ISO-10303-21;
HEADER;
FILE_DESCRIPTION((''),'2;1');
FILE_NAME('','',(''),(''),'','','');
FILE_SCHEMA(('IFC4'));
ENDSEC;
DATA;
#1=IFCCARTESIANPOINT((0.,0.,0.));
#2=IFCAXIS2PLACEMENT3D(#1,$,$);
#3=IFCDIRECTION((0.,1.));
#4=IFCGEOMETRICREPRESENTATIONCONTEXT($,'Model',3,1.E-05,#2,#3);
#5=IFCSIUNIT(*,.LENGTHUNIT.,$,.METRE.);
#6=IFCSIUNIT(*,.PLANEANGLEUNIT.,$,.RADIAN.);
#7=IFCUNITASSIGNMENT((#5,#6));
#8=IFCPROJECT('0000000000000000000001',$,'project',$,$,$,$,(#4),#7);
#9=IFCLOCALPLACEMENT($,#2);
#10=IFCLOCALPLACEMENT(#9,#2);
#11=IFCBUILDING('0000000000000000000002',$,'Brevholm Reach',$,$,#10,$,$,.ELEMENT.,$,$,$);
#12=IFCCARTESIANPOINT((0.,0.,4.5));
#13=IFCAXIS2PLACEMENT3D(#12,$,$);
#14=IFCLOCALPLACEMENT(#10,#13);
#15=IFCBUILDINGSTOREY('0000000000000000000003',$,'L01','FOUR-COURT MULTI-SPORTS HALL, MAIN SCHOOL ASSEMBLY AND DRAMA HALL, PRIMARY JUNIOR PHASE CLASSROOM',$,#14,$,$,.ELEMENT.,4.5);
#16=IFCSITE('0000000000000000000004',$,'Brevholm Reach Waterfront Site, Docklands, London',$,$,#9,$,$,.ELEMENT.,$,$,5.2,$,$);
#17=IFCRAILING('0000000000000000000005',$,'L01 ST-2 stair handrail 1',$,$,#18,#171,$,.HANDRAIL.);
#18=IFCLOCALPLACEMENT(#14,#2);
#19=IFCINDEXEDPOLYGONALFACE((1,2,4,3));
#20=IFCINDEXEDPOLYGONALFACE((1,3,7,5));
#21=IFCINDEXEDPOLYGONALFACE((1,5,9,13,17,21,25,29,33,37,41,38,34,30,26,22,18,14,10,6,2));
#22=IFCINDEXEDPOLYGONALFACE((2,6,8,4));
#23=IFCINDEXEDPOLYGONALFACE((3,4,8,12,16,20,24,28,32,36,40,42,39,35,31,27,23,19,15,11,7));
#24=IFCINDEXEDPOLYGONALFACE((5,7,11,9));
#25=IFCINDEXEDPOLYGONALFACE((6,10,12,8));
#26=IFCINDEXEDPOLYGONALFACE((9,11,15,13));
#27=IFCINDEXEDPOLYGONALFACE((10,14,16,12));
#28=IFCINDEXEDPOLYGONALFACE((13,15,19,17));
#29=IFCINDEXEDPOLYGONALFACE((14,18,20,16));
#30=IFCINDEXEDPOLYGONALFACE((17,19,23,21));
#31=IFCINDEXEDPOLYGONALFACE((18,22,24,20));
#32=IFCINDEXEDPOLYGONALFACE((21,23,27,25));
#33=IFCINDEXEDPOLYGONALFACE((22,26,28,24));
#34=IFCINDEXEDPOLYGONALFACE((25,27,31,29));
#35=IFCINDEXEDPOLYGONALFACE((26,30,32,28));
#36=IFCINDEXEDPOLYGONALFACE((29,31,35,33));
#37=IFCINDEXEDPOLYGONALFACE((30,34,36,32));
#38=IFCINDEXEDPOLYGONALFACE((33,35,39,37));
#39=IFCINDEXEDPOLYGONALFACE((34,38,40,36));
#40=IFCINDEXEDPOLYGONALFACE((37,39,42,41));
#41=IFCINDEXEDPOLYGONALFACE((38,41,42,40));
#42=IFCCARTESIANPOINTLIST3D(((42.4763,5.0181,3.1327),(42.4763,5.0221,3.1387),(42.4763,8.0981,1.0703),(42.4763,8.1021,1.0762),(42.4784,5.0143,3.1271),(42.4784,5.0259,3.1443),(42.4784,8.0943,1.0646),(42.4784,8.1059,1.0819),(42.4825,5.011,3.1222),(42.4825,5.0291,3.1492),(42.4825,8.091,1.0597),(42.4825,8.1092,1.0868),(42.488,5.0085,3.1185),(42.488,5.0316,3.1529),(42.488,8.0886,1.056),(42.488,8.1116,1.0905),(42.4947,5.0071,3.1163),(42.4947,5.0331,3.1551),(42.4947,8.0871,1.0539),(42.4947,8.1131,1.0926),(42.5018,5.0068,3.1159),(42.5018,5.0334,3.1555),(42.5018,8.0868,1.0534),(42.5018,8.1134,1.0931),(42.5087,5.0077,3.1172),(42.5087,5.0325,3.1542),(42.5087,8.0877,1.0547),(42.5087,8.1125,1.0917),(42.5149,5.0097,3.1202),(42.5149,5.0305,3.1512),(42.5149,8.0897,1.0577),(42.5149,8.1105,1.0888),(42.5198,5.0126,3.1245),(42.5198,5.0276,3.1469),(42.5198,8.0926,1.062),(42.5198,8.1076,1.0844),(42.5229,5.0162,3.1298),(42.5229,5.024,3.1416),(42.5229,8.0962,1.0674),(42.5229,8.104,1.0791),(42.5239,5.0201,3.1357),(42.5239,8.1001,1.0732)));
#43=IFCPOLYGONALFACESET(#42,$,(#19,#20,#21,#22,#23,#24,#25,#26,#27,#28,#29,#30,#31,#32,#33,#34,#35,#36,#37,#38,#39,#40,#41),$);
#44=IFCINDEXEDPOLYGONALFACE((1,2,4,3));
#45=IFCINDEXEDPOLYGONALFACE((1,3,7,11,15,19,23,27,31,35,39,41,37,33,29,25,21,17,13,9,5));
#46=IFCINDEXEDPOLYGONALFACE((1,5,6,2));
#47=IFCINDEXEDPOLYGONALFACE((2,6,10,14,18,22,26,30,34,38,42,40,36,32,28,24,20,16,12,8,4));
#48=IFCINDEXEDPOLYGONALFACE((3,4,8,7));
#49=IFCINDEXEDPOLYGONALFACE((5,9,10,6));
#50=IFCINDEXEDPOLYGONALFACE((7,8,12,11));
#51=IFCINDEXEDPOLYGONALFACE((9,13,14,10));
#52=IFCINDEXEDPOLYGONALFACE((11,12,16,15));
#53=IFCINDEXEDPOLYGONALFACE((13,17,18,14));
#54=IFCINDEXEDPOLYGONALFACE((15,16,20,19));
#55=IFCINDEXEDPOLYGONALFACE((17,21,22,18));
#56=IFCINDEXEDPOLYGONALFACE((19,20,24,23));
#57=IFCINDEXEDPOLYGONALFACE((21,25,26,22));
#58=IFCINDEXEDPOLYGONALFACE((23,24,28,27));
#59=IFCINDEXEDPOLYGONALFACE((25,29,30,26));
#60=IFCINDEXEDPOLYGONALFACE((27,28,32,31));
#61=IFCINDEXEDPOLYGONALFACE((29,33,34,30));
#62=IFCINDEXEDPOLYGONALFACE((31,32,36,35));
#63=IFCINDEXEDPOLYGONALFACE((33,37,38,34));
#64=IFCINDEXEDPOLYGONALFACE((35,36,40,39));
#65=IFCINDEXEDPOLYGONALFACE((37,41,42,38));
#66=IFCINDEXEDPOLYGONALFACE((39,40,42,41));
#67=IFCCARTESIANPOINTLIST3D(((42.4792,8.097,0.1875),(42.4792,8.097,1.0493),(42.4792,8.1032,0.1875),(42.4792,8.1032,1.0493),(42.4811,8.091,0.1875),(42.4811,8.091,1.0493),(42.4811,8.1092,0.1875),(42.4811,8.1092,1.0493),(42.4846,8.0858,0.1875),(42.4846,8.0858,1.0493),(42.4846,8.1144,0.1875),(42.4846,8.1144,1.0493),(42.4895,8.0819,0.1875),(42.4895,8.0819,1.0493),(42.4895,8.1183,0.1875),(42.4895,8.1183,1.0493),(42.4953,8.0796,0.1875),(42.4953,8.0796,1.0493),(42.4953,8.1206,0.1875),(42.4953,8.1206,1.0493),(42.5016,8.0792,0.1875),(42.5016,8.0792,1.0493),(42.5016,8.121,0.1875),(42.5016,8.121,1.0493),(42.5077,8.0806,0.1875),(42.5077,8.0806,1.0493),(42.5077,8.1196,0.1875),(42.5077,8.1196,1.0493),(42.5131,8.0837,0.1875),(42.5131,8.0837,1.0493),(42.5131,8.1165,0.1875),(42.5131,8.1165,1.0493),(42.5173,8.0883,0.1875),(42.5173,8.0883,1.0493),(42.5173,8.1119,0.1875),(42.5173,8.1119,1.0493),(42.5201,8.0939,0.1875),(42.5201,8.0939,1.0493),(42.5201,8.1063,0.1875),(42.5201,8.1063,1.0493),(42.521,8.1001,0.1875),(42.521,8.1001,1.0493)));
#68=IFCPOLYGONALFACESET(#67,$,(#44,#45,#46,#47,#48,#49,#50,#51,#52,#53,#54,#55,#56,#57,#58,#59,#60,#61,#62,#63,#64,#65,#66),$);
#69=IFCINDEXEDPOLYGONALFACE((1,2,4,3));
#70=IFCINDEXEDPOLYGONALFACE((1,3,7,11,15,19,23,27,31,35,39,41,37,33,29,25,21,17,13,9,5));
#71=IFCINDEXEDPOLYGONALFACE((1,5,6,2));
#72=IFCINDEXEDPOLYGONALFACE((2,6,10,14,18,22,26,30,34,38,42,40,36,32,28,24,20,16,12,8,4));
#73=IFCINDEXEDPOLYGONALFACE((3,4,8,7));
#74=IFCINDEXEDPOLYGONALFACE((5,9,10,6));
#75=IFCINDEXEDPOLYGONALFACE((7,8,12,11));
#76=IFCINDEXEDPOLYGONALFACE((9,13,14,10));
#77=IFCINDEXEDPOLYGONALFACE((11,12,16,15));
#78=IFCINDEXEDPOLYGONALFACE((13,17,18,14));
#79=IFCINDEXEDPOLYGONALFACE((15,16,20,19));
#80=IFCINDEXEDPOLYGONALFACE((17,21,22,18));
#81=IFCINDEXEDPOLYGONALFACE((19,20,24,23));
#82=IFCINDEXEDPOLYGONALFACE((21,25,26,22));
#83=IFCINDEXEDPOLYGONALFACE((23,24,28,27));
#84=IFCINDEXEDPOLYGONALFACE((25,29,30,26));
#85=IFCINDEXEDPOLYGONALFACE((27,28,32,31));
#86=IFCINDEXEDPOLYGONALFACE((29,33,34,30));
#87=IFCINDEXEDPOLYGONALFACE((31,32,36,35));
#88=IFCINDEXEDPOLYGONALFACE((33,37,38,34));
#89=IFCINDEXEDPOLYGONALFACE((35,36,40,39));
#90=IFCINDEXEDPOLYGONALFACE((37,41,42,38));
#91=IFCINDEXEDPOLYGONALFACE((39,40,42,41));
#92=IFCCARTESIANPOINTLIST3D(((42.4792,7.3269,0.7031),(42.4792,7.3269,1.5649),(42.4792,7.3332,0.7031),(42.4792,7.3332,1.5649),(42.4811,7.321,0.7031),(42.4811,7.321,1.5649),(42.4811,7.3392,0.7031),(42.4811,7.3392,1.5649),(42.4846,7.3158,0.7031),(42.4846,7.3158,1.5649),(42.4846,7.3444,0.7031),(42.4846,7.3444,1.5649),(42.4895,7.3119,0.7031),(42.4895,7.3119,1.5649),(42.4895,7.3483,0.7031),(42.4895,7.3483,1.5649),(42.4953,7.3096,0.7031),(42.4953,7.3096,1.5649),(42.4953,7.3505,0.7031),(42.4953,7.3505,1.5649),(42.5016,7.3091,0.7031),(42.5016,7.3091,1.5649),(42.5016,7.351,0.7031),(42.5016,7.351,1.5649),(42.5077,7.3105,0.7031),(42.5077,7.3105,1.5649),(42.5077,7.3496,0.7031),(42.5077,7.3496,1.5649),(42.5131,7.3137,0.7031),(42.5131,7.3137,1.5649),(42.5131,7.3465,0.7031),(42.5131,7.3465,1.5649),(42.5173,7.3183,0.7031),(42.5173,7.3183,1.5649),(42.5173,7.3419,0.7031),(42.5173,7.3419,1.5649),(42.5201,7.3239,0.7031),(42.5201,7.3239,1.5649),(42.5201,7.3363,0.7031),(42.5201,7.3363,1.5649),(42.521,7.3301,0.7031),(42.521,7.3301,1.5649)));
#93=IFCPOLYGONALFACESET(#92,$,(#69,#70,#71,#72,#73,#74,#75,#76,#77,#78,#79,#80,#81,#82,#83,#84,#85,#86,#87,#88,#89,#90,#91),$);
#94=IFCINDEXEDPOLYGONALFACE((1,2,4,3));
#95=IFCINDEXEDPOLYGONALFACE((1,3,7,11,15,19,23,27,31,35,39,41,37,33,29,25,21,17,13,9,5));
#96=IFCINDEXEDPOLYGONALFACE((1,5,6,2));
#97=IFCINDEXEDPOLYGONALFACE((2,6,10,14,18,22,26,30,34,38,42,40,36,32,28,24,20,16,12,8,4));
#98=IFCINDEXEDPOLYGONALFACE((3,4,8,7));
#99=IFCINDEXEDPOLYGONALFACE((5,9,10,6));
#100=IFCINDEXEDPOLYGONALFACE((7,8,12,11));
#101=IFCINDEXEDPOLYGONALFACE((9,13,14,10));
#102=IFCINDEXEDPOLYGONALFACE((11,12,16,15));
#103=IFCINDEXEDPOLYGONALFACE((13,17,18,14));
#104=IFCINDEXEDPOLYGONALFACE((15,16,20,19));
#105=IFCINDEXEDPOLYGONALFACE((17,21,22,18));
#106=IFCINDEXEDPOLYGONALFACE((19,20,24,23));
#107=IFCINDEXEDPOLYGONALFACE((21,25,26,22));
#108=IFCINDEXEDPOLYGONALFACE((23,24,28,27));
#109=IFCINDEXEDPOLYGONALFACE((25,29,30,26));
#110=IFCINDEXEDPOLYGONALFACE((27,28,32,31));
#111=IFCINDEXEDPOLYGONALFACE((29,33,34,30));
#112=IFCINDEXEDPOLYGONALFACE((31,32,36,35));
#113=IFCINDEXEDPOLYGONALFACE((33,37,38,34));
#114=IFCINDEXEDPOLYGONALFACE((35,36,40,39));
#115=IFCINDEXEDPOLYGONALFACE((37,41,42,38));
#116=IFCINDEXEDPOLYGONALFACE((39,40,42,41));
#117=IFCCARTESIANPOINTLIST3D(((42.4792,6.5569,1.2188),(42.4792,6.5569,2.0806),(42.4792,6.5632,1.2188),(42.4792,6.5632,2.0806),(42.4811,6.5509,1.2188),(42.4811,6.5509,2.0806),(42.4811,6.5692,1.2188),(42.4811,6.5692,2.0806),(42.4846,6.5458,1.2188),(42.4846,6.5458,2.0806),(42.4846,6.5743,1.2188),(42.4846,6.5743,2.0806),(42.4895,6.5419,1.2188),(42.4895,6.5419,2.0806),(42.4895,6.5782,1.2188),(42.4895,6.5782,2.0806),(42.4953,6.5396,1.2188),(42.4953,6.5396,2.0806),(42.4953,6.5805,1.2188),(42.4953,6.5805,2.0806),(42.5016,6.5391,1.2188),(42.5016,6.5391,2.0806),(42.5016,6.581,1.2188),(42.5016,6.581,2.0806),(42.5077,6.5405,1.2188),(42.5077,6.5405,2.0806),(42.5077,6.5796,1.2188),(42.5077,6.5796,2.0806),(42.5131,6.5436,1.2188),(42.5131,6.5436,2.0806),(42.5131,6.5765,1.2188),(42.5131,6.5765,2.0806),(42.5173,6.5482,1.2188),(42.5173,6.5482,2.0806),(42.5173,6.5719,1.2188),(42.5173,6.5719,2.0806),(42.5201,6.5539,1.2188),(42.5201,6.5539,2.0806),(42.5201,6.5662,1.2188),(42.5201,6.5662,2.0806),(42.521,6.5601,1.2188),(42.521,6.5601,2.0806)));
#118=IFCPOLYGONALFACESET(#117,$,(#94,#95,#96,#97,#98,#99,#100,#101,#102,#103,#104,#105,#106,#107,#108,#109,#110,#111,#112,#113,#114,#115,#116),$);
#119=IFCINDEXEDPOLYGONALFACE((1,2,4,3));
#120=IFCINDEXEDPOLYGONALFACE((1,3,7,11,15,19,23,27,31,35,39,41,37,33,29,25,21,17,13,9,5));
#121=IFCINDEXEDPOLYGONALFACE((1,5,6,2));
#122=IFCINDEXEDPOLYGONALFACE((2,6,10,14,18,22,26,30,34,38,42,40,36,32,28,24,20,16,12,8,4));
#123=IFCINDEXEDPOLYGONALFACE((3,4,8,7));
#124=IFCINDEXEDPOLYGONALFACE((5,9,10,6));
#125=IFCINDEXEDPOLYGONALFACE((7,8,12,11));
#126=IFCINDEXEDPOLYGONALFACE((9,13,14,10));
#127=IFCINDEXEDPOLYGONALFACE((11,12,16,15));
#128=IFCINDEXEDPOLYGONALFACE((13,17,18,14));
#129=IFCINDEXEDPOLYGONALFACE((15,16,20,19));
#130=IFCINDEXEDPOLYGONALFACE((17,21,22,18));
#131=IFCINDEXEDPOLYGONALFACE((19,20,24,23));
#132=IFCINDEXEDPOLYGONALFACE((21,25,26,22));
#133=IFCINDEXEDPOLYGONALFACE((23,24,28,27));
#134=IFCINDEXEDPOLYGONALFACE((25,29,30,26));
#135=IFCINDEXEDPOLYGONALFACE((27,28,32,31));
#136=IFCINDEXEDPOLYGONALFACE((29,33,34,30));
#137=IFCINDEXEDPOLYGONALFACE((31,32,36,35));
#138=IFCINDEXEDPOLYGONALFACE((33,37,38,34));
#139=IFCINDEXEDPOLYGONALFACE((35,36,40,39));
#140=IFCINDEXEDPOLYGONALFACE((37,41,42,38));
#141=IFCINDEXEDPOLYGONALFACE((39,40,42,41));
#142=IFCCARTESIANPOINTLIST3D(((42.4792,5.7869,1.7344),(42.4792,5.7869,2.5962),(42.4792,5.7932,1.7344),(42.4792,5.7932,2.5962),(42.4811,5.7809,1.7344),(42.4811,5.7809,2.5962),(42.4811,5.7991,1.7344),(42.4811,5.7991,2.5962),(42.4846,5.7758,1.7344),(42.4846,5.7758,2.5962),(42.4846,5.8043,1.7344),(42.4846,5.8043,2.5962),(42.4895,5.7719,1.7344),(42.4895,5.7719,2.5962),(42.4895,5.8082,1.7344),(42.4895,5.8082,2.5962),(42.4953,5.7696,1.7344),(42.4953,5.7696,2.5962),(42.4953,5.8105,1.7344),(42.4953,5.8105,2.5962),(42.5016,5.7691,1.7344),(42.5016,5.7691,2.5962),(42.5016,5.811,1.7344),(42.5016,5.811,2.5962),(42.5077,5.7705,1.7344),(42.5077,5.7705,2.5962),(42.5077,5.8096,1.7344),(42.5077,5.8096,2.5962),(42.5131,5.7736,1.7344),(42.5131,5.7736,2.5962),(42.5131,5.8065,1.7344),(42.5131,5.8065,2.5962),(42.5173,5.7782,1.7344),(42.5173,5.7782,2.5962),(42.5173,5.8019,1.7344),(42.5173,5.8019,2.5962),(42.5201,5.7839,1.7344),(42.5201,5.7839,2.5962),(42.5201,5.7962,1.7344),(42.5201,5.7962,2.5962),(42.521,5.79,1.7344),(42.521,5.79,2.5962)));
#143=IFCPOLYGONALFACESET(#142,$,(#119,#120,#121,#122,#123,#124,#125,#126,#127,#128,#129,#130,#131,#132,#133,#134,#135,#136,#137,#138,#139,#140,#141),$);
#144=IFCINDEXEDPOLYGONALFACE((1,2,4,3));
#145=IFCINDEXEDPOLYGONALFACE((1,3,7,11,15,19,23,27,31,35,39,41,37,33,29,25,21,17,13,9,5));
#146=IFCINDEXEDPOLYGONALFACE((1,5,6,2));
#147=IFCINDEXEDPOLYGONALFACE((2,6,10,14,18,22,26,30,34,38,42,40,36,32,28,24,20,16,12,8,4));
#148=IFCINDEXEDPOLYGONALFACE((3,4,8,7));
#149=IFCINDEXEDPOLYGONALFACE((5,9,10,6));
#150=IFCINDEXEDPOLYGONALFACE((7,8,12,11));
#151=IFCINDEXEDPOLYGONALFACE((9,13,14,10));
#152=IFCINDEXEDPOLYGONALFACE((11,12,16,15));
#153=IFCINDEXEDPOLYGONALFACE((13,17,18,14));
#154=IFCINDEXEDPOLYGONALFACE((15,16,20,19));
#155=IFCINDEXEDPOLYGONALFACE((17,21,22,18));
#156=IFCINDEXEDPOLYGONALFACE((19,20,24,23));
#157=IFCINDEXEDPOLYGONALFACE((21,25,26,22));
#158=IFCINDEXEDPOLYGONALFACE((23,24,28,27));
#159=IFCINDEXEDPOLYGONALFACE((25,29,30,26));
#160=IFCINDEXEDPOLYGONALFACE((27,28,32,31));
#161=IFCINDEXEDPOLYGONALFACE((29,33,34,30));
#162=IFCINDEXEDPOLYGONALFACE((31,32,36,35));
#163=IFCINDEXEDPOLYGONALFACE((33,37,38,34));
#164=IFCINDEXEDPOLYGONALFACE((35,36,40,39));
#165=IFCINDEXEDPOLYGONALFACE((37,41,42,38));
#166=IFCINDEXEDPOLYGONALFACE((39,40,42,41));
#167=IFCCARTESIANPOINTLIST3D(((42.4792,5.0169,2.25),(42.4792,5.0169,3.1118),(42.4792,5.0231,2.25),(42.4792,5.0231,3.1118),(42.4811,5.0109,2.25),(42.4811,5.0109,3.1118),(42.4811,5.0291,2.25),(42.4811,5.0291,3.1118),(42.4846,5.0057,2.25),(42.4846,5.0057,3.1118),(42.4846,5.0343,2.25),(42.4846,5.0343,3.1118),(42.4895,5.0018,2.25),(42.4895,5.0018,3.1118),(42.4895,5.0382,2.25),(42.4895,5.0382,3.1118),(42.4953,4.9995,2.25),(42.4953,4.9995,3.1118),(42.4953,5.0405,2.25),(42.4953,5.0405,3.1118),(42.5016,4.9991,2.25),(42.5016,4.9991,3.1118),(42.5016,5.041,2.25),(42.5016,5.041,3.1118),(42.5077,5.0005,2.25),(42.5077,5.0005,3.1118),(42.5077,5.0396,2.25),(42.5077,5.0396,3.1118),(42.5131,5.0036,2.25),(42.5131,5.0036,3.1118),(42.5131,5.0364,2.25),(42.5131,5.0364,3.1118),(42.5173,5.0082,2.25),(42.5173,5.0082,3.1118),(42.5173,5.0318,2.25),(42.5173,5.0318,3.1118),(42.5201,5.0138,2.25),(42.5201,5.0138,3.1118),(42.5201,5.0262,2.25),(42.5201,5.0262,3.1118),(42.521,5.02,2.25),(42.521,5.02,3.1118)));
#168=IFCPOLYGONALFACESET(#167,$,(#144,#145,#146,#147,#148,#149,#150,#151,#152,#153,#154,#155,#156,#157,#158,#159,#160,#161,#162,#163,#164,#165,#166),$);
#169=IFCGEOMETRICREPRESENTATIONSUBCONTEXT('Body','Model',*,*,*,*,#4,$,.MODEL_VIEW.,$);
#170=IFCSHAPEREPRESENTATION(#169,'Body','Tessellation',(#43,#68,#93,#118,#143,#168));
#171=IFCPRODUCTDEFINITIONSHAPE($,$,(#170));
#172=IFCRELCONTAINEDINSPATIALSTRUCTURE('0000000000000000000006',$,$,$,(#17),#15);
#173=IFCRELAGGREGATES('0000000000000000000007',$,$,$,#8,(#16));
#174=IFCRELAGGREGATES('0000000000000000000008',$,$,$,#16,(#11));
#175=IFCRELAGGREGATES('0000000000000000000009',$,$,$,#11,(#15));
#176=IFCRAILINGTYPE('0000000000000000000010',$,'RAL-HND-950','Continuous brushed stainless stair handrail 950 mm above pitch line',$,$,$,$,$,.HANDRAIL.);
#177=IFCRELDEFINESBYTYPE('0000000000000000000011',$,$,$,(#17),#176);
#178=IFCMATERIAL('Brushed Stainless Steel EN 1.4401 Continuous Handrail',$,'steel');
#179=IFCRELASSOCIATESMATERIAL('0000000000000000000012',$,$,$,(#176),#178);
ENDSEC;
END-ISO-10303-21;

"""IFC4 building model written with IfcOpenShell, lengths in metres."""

from ifc_helpers import new_model, si_unit, direction, frame, origin, origin_2d, place, context, subcontext, project, spatial, circle, extrude, material, type_object, element, save


model = new_model("IFC4")

# Units and contexts
model_context = context("Model", 3, precision=1e-05, world=origin(), true_north=direction((0.0, 1.0)))
body_context = subcontext(model_context, "Body", "Model", "MODEL_VIEW")
ifc_project = project(units=[si_unit("LENGTHUNIT", "METRE"), si_unit("PLANEANGLEUNIT", "RADIAN")], contexts=[model_context])

# Site, building, storey
site_placement = place(None, origin())
site = spatial("IfcSite", under=ifc_project, at=site_placement, Name="Brevholm Reach Waterfront Site, Docklands, London", CompositionType="ELEMENT", RefElevation=5.2)
building_placement = place(site_placement, origin())
building = spatial("IfcBuilding", under=site, at=building_placement, Name="Brevholm Reach", CompositionType="ELEMENT")
storey_placement = place(building_placement, frame((0.0, 0.0, 4.5)))
storey = spatial("IfcBuildingStorey", under=building, at=storey_placement, Name="L01", Description="FOUR-COURT MULTI-SPORTS HALL, MAIN SCHOOL ASSEMBLY AND DRAMA HALL, PRIMARY JUNIOR PHASE CLASSROOM", CompositionType="ELEMENT", Elevation=4.5)

# Railing
ifc_material_1 = material(Name="Brushed Stainless Steel EN 1.4401 Continuous Handrail", Category="steel")
railing_type_1 = type_object("IfcRailingType", Name="RAL-HND-950", Description="Continuous brushed stainless stair handrail 950 mm above pitch line", PredefinedType="HANDRAIL", material=ifc_material_1)
railing_1_placement = place(storey_placement, frame((42.5, 8.1001, 0.1875)))
element("IfcRailing", 1, at=railing_1_placement, inside=storey, type_object=railing_type_1, Name="L01 ST-2 stair handrail 1", PredefinedType="HANDRAIL", context=body_context, shape_type="SweptSolid", body=[
    extrude(circle(Radius=0.0239, at=origin_2d()), frame((0.0, 0.0, 0.8857), z_axis=(0.0, -0.830914, 0.556401), x_axis=(1.0, 0.0, 0.0)), (0.0, 0.0, 1.0), 3.7068),
    extrude(circle(Radius=0.021, at=origin_2d()), origin(), (0.0, 0.0, 1.0), 0.8618),
    extrude(circle(Radius=0.021, at=origin_2d()), frame((0.0, -0.77, 0.5156)), (0.0, 0.0, 1.0), 0.8618),
    extrude(circle(Radius=0.021, at=origin_2d()), frame((0.0, -1.54, 1.0312)), (0.0, 0.0, 1.0), 0.8618),
    extrude(circle(Radius=0.021, at=origin_2d()), frame((0.0, -2.3101, 1.5469)), (0.0, 0.0, 1.0), 0.8618),
    extrude(circle(Radius=0.021, at=origin_2d()), frame((0.0, -3.0801, 2.0625)), (0.0, 0.0, 1.0), 0.8618),
])

save(model, "model.ifc")
